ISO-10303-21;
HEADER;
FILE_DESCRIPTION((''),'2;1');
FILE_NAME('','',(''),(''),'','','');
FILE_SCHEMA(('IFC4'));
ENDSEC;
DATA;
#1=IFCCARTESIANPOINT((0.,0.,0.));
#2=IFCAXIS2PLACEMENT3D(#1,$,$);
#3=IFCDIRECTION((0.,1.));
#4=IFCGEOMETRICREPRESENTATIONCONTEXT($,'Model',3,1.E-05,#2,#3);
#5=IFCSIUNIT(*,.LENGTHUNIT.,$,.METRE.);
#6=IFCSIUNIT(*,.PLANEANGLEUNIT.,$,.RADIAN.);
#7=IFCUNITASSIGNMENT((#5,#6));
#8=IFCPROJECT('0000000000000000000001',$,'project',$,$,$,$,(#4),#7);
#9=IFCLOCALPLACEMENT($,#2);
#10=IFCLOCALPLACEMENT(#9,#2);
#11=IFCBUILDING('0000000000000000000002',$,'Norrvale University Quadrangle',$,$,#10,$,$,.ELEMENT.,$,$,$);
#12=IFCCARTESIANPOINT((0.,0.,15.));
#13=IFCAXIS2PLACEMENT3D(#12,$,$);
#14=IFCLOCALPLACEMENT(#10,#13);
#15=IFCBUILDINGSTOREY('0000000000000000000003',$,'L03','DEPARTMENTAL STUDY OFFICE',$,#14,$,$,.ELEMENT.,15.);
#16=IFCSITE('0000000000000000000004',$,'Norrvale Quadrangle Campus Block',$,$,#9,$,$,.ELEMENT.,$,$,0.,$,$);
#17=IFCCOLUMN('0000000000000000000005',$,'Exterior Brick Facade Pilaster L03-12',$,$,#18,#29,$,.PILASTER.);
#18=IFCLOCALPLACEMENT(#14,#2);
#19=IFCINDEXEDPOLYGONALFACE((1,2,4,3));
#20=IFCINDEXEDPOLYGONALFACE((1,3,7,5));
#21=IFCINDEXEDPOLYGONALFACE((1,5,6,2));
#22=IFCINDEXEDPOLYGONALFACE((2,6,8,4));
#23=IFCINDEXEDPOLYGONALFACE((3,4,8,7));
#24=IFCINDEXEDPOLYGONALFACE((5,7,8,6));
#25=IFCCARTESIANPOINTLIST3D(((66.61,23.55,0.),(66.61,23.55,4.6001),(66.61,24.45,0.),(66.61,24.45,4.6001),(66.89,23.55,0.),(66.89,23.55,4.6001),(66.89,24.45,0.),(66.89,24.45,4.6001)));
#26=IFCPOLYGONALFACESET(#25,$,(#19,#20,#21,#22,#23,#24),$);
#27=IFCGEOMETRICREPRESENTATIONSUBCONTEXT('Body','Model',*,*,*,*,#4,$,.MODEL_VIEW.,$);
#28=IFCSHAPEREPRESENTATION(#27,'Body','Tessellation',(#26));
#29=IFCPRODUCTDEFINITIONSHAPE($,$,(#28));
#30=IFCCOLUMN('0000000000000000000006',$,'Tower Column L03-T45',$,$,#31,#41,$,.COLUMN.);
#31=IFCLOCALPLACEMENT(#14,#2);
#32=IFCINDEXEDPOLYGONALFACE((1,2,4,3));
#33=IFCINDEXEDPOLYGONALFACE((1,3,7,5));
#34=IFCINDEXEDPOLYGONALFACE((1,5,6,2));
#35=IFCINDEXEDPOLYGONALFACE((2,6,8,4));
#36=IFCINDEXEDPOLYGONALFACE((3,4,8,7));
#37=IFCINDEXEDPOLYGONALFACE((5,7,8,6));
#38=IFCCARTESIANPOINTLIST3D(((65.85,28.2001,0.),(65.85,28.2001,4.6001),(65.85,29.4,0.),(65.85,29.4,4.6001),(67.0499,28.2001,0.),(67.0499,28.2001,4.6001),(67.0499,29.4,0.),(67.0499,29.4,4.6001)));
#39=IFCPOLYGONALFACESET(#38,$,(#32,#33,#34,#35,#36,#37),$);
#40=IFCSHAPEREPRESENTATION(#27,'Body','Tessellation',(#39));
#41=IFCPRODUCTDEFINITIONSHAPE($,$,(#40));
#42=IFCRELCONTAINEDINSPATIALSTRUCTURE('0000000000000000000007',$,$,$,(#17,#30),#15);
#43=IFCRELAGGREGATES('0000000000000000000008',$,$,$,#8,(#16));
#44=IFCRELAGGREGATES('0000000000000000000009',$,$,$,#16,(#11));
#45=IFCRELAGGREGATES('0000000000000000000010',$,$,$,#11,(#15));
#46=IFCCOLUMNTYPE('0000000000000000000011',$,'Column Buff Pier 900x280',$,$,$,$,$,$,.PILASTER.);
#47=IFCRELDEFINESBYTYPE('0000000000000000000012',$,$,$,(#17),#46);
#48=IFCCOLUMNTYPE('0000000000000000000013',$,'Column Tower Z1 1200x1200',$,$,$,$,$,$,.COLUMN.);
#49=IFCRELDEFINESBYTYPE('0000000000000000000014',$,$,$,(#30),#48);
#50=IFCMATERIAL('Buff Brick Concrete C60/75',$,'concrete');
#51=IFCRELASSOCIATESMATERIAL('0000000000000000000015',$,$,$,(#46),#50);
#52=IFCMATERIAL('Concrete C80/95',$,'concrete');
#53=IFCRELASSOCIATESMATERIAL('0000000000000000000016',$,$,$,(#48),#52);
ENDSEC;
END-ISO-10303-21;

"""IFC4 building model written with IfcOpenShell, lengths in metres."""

from ifc_helpers import new_model, si_unit, direction, frame, origin, origin_2d, place, context, subcontext, project, spatial, rectangle, extrude, material, material_profile, profile_set, type_object, element, save


model = new_model("IFC4")

# Units and contexts
model_context = context("Model", 3, precision=1e-05, world=origin(), true_north=direction((0.0, 1.0)))
body_context = subcontext(model_context, "Body", "Model", "MODEL_VIEW")
ifc_project = project(units=[si_unit("LENGTHUNIT", "METRE"), si_unit("PLANEANGLEUNIT", "RADIAN")], contexts=[model_context])

# Site, building, storey
site_placement = place(None, origin())
site = spatial("IfcSite", under=ifc_project, at=site_placement, Name="Norrvale Quadrangle Campus Block", CompositionType="ELEMENT", RefElevation=0.0)
building_placement = place(site_placement, origin())
building = spatial("IfcBuilding", under=site, at=building_placement, Name="Norrvale University Quadrangle", CompositionType="ELEMENT")
storey_placement = place(building_placement, frame((0.0, 0.0, 15.0)))
storey = spatial("IfcBuildingStorey", under=building, at=storey_placement, Name="L03", Description="DEPARTMENTAL STUDY OFFICE", CompositionType="ELEMENT", Elevation=15.0)

# Columns
ifc_material_1 = material(Name="Buff Brick Concrete C60/75", Category="concrete")
ifc_material_profile_1 = material_profile(ifc_material_1, rectangle(XDim=0.8999, YDim=0.28, at=origin_2d()), Name="Buff Brick Concrete C60/75")
ifc_profile_set_1 = profile_set([ifc_material_profile_1], Name="Buff Brick Concrete C60/75")
column_type_1 = type_object("IfcColumnType", Name="Column Buff Pier 900x280", PredefinedType="PILASTER", material=ifc_profile_set_1)
column_1_placement = place(storey_placement, frame((66.75, 24.0, 0.0), z_axis=(0.0, 0.0, 1.0), x_axis=(0.0, 1.0, 0.0)))
element("IfcColumn", 1, at=column_1_placement, inside=storey, type_object=column_type_1, Name="Exterior Brick Facade Pilaster L03-12", PredefinedType="PILASTER", context=body_context, shape_type="SweptSolid", body=[
    extrude(rectangle(XDim=0.8999, YDim=0.28, at=origin_2d()), origin(), (0.0, 0.0, 1.0), 4.6001),
])
ifc_material_2 = material(Name="Concrete C80/95", Category="concrete")
ifc_material_profile_2 = material_profile(ifc_material_2, rectangle(XDim=1.2, YDim=1.2, at=origin_2d()), Name="Concrete C80/95")
ifc_profile_set_2 = profile_set([ifc_material_profile_2], Name="Concrete C80/95")
column_type_2 = type_object("IfcColumnType", Name="Column Tower Z1 1200x1200", PredefinedType="COLUMN", material=ifc_profile_set_2)
column_2_placement = place(storey_placement, frame((66.45, 28.8, 0.0), z_axis=(0.0, 0.0, 1.0), x_axis=(1.0, 0.0, 0.0)))
element("IfcColumn", 2, at=column_2_placement, inside=storey, type_object=column_type_2, Name="Tower Column L03-T45", PredefinedType="COLUMN", context=body_context, shape_type="SweptSolid", body=[
    extrude(rectangle(XDim=1.2, YDim=1.2, at=origin_2d()), origin(), (0.0, 0.0, 1.0), 4.6001),
])

save(model, "model.ifc")
